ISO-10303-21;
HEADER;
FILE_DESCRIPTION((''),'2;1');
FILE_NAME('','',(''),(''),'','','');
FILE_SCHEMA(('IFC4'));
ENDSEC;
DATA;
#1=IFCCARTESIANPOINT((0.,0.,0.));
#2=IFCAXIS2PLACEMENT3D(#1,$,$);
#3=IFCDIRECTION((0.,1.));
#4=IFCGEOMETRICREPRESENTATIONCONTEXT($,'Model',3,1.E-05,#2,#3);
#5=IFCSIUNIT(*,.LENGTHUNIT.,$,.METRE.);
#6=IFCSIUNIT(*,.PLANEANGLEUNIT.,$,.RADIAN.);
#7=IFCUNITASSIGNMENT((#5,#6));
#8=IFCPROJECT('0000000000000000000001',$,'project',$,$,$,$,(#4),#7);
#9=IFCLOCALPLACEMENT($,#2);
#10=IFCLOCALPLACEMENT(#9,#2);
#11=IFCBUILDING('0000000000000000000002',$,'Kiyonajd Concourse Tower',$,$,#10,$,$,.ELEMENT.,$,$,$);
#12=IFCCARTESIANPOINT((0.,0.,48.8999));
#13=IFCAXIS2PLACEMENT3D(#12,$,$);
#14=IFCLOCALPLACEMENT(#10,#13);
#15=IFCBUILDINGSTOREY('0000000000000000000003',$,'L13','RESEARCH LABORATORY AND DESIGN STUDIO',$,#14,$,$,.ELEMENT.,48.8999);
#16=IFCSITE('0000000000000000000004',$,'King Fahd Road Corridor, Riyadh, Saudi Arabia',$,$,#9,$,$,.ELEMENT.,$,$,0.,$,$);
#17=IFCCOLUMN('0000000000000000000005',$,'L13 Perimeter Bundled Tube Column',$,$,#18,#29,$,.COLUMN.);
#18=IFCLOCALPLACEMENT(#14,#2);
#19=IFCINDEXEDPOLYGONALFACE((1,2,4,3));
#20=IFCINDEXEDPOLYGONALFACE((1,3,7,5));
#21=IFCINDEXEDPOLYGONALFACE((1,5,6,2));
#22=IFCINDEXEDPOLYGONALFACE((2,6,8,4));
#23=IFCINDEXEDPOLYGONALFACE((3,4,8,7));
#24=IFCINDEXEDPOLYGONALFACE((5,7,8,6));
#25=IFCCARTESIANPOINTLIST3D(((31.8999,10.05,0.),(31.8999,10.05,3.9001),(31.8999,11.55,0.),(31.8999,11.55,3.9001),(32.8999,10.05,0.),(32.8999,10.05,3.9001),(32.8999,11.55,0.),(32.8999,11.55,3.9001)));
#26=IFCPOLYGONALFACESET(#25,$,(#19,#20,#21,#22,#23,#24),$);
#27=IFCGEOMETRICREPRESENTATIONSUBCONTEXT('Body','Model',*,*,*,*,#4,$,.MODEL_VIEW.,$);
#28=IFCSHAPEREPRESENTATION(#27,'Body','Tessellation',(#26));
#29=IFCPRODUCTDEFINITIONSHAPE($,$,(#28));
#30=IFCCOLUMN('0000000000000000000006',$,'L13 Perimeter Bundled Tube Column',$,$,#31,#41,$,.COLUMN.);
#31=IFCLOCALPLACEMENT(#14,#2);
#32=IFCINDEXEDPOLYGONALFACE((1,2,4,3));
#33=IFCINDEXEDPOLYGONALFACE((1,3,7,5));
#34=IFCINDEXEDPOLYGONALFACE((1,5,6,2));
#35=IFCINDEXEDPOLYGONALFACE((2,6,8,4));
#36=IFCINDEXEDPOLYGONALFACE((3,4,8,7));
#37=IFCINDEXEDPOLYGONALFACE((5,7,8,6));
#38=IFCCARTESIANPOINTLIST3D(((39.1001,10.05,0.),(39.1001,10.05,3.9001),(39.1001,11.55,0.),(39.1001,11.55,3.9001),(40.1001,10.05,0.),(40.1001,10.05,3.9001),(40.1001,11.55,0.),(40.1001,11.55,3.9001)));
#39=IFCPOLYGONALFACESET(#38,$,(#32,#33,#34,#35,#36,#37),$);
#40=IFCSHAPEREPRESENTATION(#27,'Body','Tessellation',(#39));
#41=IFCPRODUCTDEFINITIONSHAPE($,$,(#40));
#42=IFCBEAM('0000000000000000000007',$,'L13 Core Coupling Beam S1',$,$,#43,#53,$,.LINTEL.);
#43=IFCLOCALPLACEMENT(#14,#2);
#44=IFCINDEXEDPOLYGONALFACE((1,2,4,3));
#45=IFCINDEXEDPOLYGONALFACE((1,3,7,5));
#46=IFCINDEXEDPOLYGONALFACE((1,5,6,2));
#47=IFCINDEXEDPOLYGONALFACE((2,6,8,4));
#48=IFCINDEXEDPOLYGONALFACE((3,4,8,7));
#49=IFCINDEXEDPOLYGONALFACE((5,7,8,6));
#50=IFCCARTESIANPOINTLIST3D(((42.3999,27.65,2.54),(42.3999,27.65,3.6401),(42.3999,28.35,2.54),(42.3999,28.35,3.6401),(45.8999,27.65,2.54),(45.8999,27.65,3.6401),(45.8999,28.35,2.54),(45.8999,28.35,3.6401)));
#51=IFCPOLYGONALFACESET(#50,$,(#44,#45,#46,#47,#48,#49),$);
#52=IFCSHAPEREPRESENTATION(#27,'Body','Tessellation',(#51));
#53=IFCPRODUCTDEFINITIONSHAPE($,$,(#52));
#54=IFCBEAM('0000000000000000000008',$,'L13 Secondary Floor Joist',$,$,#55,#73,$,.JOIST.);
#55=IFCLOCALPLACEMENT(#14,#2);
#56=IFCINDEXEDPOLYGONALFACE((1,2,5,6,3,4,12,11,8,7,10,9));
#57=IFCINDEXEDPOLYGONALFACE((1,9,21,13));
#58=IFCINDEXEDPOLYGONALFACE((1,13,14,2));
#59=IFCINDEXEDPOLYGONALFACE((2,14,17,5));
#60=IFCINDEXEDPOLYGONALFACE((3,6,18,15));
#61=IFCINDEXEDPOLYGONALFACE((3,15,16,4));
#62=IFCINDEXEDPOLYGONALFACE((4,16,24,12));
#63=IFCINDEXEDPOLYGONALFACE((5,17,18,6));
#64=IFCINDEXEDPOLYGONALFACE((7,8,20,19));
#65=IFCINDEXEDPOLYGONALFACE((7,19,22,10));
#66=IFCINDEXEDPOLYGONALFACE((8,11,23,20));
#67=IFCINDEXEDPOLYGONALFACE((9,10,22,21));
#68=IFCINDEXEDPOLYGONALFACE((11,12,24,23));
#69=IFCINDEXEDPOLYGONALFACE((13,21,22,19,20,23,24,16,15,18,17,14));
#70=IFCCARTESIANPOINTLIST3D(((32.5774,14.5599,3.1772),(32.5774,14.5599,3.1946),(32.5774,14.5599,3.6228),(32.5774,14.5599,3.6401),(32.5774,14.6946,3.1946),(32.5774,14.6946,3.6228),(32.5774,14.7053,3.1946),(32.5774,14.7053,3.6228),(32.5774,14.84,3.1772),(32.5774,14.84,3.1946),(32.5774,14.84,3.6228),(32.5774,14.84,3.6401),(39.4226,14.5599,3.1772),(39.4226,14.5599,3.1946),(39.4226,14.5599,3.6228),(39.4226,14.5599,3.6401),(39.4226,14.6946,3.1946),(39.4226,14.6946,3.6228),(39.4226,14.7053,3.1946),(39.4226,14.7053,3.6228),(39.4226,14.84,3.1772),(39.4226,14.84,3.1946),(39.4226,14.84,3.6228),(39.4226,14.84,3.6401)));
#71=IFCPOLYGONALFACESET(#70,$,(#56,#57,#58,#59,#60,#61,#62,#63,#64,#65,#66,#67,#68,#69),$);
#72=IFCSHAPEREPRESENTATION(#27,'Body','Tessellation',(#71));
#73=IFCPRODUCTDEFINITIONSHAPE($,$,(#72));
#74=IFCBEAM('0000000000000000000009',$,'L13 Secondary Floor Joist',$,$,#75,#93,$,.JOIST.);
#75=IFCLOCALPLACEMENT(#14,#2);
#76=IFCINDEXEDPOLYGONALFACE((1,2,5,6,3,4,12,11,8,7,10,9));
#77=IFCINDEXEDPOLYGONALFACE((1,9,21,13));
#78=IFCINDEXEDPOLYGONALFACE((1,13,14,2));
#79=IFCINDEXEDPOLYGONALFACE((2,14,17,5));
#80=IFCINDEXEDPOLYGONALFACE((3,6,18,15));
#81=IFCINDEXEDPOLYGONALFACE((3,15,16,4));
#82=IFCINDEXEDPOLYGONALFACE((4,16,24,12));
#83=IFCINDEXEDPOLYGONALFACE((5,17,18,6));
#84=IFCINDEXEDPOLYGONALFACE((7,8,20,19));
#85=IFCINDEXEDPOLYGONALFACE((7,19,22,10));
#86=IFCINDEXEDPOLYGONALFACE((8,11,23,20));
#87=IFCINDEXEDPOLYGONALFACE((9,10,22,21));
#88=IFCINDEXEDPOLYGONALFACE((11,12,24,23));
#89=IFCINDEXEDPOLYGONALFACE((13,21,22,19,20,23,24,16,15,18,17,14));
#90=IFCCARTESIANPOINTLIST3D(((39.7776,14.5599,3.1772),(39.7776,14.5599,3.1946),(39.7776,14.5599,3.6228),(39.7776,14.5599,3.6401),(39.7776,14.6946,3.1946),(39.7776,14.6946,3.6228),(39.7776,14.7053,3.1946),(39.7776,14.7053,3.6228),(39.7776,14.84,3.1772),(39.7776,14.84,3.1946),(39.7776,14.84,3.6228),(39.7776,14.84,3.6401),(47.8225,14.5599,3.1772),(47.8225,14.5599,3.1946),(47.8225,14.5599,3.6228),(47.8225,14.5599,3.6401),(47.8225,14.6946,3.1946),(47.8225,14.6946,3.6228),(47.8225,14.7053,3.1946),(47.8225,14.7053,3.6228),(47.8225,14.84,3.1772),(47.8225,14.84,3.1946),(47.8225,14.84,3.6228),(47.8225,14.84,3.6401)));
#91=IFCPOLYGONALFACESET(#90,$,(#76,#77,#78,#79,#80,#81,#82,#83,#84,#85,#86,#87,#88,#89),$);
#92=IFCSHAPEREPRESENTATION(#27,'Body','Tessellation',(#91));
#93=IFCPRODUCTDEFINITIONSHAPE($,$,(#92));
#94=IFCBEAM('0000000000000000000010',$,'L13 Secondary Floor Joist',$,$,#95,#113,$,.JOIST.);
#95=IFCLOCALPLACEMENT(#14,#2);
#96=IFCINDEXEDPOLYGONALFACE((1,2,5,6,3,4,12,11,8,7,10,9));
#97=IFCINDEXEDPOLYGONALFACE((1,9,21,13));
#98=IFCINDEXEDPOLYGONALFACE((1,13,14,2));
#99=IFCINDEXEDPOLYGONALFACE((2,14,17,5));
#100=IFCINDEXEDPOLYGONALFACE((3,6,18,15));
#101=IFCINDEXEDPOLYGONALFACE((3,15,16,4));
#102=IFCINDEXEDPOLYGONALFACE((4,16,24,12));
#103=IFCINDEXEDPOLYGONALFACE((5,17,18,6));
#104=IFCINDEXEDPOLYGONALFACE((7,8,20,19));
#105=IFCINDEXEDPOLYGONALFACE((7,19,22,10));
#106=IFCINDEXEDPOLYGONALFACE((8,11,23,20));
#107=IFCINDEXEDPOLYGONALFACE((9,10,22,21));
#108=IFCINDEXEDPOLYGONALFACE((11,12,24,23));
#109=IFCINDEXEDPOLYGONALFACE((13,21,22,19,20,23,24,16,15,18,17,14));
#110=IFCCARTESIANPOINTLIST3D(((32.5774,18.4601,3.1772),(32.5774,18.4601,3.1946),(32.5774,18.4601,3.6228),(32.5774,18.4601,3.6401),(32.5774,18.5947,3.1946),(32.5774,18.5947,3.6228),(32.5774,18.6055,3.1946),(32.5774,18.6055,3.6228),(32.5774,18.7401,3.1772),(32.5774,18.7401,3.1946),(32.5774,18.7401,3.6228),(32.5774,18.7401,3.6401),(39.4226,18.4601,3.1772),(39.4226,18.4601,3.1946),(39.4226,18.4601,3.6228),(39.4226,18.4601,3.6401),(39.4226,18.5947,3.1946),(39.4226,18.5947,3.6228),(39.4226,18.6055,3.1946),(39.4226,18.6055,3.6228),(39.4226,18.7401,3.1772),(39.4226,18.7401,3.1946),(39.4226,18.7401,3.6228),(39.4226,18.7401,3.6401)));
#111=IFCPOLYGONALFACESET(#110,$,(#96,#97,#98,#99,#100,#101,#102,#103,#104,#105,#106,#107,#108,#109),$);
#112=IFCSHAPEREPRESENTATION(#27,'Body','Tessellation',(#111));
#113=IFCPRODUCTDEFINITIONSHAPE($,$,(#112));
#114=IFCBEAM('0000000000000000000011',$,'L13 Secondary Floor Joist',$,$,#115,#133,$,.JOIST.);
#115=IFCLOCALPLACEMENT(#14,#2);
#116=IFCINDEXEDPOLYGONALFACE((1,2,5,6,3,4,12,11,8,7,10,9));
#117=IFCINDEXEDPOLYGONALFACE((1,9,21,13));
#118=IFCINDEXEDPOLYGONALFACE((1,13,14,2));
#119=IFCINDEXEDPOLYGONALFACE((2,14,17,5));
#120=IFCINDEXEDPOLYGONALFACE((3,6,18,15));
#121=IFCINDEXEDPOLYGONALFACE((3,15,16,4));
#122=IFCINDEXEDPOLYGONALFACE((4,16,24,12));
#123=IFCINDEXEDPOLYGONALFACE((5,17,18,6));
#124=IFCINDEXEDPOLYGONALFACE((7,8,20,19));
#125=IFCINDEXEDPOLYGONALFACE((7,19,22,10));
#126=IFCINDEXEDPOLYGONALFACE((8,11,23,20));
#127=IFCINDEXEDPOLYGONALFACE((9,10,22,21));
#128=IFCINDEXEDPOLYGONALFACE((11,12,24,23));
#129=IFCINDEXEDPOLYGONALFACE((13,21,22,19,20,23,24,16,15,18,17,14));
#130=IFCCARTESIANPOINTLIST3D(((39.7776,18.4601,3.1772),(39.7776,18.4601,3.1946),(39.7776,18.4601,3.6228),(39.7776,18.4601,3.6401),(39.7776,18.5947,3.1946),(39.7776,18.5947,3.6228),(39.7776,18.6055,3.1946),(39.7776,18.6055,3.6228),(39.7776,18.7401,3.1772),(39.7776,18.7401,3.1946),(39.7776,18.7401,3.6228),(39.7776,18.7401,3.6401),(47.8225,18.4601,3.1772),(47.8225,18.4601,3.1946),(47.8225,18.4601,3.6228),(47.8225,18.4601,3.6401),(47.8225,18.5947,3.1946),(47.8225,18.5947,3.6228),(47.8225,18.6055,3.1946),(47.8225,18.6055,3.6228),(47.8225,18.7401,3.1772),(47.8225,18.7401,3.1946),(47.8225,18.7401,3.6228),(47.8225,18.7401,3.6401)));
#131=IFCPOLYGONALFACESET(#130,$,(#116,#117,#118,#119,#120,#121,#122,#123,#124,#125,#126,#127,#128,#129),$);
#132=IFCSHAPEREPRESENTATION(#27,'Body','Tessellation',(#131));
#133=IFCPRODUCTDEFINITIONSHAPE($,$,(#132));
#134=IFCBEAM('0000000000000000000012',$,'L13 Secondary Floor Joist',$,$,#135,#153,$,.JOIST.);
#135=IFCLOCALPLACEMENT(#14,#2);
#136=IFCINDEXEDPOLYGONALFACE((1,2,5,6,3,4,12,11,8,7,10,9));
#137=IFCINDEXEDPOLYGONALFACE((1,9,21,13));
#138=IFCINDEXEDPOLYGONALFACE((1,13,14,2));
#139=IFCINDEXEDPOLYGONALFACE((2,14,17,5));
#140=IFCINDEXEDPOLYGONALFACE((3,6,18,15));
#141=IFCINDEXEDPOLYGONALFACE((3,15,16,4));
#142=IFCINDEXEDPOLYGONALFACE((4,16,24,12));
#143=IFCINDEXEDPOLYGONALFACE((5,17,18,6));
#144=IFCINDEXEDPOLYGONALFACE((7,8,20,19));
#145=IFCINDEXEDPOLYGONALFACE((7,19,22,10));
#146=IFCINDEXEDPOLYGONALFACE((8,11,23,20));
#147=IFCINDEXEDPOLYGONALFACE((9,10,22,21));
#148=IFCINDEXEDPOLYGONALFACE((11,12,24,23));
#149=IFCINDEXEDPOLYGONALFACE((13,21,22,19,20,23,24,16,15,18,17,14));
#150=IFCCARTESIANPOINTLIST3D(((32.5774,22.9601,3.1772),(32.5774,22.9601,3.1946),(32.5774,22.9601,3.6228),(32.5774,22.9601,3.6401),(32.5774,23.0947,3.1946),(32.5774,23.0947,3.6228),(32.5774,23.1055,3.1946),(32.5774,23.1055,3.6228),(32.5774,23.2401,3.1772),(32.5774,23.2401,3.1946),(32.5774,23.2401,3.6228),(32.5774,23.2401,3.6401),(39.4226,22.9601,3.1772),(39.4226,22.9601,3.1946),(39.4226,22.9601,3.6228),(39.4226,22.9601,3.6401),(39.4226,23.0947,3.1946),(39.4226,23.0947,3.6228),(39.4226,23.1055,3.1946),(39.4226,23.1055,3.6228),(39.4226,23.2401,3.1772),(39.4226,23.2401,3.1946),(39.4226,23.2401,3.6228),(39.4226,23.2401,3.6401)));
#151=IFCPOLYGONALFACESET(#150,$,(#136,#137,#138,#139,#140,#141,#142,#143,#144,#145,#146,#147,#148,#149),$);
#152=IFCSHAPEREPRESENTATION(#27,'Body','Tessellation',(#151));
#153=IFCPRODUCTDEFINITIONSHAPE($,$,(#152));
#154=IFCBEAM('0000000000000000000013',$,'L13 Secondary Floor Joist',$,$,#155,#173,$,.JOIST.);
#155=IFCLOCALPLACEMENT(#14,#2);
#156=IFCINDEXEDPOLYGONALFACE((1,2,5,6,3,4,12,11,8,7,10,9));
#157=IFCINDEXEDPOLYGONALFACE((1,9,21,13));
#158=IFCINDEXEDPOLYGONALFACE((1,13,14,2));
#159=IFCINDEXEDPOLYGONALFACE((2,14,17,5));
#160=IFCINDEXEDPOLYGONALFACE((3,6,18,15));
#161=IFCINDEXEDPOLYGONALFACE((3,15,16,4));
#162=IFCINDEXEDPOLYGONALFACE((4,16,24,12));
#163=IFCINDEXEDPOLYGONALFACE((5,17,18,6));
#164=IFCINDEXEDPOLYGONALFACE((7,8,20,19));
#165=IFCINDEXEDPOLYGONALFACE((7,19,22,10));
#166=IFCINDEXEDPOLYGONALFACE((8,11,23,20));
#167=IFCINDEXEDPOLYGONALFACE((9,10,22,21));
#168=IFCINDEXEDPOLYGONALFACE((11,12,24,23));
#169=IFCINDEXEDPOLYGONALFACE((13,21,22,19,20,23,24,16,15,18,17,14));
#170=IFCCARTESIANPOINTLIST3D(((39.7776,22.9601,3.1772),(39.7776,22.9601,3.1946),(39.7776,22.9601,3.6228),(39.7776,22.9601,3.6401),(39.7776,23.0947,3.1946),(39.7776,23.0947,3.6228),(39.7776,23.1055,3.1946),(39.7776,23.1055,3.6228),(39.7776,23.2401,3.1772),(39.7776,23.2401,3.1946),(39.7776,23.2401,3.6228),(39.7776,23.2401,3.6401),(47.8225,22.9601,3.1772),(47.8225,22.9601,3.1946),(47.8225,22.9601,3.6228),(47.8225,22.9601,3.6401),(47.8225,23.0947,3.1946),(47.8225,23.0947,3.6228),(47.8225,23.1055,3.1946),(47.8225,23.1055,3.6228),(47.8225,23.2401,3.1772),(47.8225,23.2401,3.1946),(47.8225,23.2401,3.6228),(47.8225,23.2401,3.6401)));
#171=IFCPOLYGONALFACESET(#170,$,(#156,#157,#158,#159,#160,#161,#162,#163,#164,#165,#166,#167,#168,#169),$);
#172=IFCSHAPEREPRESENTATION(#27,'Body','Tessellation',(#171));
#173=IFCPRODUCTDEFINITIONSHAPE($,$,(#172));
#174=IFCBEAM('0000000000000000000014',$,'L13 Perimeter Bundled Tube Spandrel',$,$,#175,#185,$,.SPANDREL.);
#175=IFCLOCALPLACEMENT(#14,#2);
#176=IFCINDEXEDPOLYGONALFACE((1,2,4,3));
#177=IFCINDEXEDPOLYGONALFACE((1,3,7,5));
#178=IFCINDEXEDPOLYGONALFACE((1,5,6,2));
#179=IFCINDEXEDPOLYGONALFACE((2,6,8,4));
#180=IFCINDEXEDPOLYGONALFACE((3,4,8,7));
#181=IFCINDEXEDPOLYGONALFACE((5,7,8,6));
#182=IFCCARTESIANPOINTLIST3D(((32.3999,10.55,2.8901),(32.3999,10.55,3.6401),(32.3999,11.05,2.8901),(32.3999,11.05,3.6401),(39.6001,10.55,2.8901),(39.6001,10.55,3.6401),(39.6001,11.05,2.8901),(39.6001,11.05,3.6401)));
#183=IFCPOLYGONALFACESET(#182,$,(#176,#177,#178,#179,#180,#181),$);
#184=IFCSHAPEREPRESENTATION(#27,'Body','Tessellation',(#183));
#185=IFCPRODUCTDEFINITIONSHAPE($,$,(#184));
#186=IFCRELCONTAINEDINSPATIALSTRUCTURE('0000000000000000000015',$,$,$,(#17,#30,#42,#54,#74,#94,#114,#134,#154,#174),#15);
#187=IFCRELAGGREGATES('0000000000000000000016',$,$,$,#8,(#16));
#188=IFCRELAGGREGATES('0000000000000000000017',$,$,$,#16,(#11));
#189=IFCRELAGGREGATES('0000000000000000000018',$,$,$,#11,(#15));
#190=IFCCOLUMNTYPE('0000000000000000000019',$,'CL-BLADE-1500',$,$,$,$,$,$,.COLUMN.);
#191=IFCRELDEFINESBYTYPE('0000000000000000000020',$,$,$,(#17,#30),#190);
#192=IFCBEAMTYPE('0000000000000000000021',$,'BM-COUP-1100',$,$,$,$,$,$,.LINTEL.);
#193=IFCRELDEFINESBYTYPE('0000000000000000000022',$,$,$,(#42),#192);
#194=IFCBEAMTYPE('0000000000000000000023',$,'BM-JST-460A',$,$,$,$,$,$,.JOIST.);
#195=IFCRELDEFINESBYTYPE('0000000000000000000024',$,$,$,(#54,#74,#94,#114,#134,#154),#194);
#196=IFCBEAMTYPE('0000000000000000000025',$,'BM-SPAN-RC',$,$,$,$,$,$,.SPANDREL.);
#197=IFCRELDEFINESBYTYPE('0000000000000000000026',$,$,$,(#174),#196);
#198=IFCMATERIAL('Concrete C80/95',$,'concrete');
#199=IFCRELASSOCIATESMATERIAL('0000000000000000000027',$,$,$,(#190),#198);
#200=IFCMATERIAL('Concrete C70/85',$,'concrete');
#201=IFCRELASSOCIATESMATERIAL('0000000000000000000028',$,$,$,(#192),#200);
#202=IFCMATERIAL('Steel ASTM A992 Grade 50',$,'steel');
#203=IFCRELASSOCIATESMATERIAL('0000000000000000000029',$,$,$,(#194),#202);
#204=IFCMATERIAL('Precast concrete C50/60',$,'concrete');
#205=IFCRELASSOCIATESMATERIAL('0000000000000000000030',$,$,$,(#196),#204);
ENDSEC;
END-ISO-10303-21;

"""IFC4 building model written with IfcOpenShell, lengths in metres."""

from ifc_helpers import new_model, si_unit, direction, frame, origin, origin_2d, place, context, subcontext, project, spatial, rectangle, i_section, extrude, material, material_profile, profile_set, type_object, element, save


model = new_model("IFC4")

# Units and contexts
model_context = context("Model", 3, precision=1e-05, world=origin(), true_north=direction((0.0, 1.0)))
body_context = subcontext(model_context, "Body", "Model", "MODEL_VIEW")
ifc_project = project(units=[si_unit("LENGTHUNIT", "METRE"), si_unit("PLANEANGLEUNIT", "RADIAN")], contexts=[model_context])

# Site, building, storey
site_placement = place(None, origin())
site = spatial("IfcSite", under=ifc_project, at=site_placement, Name="King Fahd Road Corridor, Riyadh, Saudi Arabia", CompositionType="ELEMENT", RefElevation=0.0)
building_placement = place(site_placement, origin())
building = spatial("IfcBuilding", under=site, at=building_placement, Name="Kiyonajd Concourse Tower", CompositionType="ELEMENT")
storey_placement = place(building_placement, frame((0.0, 0.0, 48.8999)))
storey = spatial("IfcBuildingStorey", under=building, at=storey_placement, Name="L13", Description="RESEARCH LABORATORY AND DESIGN STUDIO", CompositionType="ELEMENT", Elevation=48.8999)

# Columns
ifc_material_1 = material(Name="Concrete C80/95", Category="concrete")
ifc_material_profile_1 = material_profile(ifc_material_1, rectangle(XDim=1.0, YDim=1.5, at=origin_2d()), Name="RC-1500x1000")
ifc_profile_set_1 = profile_set([ifc_material_profile_1], Name="Concrete C80/95")
column_type = type_object("IfcColumnType", Name="CL-BLADE-1500", PredefinedType="COLUMN", material=ifc_profile_set_1)
for number, where, z_axis, x_axis, name in (
    (1, (32.3999, 10.8, 0.0), (0.0, 0.0, 1.0), (1.0, 0.0, 0.0), "L13 Perimeter Bundled Tube Column"),
    (2, (39.6001, 10.8, 0.0), (0.0, 0.0, 1.0), (1.0, 0.0, 0.0), "L13 Perimeter Bundled Tube Column"),
):
    element("IfcColumn", number, at=place(storey_placement, frame(where, z_axis=z_axis, x_axis=x_axis)), inside=storey, type_object=column_type, Name=name, PredefinedType="COLUMN", context=body_context, shape_type="SweptSolid", body=[
        extrude(rectangle(XDim=1.0, YDim=1.5, at=origin_2d()), origin(), (0.0, 0.0, 1.0), 3.9001),
    ])

# Beams
ifc_material_2 = material(Name="Concrete C70/85", Category="concrete")
ifc_material_profile_2 = material_profile(ifc_material_2, rectangle(XDim=0.7, YDim=1.1001, at=origin_2d()), Name="RCBM-700x1100")
ifc_profile_set_2 = profile_set([ifc_material_profile_2], Name="Concrete C70/85")
beam_type_1 = type_object("IfcBeamType", Name="BM-COUP-1100", PredefinedType="LINTEL", material=ifc_profile_set_2)
beam_1_placement = place(storey_placement, frame((42.3999, 28.0, 3.0901), z_axis=(1.0, 0.0, 0.0), x_axis=(0.0, 1.0, 0.0)))
element("IfcBeam", 3, at=beam_1_placement, inside=storey, type_object=beam_type_1, Name="L13 Core Coupling Beam S1", PredefinedType="LINTEL", context=body_context, shape_type="SweptSolid", body=[
    extrude(rectangle(XDim=0.7, YDim=1.1001, at=origin_2d()), origin(), (0.0, 0.0, 1.0), 3.5),
])
ifc_material_3 = material(Name="Steel ASTM A992 Grade 50", Category="steel")
ifc_material_profile_3 = material_profile(ifc_material_3, i_section(OverallWidth=0.28, OverallDepth=0.4629, WebThickness=0.0107, FlangeThickness=0.0173, at=origin_2d()), Name="W460X113")
ifc_profile_set_3 = profile_set([ifc_material_profile_3], Name="Steel ASTM A992 Grade 50")
beam_type_2 = type_object("IfcBeamType", Name="BM-JST-460A", PredefinedType="JOIST", material=ifc_profile_set_3)
beam_2_placement = place(storey_placement, frame((32.5774, 14.7, 3.4087), z_axis=(1.0, 0.0, 0.0), x_axis=(0.0, 1.0, 0.0)))
element("IfcBeam", 4, at=beam_2_placement, inside=storey, type_object=beam_type_2, Name="L13 Secondary Floor Joist", PredefinedType="JOIST", context=body_context, shape_type="SweptSolid", body=[
    extrude(i_section(OverallWidth=0.28, OverallDepth=0.4629, WebThickness=0.0107, FlangeThickness=0.0173, at=origin_2d()), origin(), (0.0, 0.0, 1.0), 6.8452),
])
beam_3_placement = place(storey_placement, frame((39.7776, 14.7, 3.4087), z_axis=(1.0, 0.0, 0.0), x_axis=(0.0, 1.0, 0.0)))
element("IfcBeam", 5, at=beam_3_placement, inside=storey, type_object=beam_type_2, Name="L13 Secondary Floor Joist", PredefinedType="JOIST", context=body_context, shape_type="SweptSolid", body=[
    extrude(i_section(OverallWidth=0.28, OverallDepth=0.4629, WebThickness=0.0107, FlangeThickness=0.0173, at=origin_2d()), origin(), (0.0, 0.0, 1.0), 8.0449),
])
beam_4_placement = place(storey_placement, frame((32.5774, 18.6001, 3.4087), z_axis=(1.0, 0.0, 0.0), x_axis=(0.0, 1.0, 0.0)))
element("IfcBeam", 6, at=beam_4_placement, inside=storey, type_object=beam_type_2, Name="L13 Secondary Floor Joist", PredefinedType="JOIST", context=body_context, shape_type="SweptSolid", body=[
    extrude(i_section(OverallWidth=0.28, OverallDepth=0.4629, WebThickness=0.0107, FlangeThickness=0.0173, at=origin_2d()), origin(), (0.0, 0.0, 1.0), 6.8452),
])
beam_5_placement = place(storey_placement, frame((39.7776, 18.6001, 3.4087), z_axis=(1.0, 0.0, 0.0), x_axis=(0.0, 1.0, 0.0)))
element("IfcBeam", 7, at=beam_5_placement, inside=storey, type_object=beam_type_2, Name="L13 Secondary Floor Joist", PredefinedType="JOIST", context=body_context, shape_type="SweptSolid", body=[
    extrude(i_section(OverallWidth=0.28, OverallDepth=0.4629, WebThickness=0.0107, FlangeThickness=0.0173, at=origin_2d()), origin(), (0.0, 0.0, 1.0), 8.0449),
])
beam_6_placement = place(storey_placement, frame((32.5774, 23.1001, 3.4087), z_axis=(1.0, 0.0, 0.0), x_axis=(0.0, 1.0, 0.0)))
element("IfcBeam", 8, at=beam_6_placement, inside=storey, type_object=beam_type_2, Name="L13 Secondary Floor Joist", PredefinedType="JOIST", context=body_context, shape_type="SweptSolid", body=[
    extrude(i_section(OverallWidth=0.28, OverallDepth=0.4629, WebThickness=0.0107, FlangeThickness=0.0173, at=origin_2d()), origin(), (0.0, 0.0, 1.0), 6.8452),
])
beam_7_placement = place(storey_placement, frame((39.7776, 23.1001, 3.4087), z_axis=(1.0, 0.0, 0.0), x_axis=(0.0, 1.0, 0.0)))
element("IfcBeam", 9, at=beam_7_placement, inside=storey, type_object=beam_type_2, Name="L13 Secondary Floor Joist", PredefinedType="JOIST", context=body_context, shape_type="SweptSolid", body=[
    extrude(i_section(OverallWidth=0.28, OverallDepth=0.4629, WebThickness=0.0107, FlangeThickness=0.0173, at=origin_2d()), origin(), (0.0, 0.0, 1.0), 8.0449),
])
ifc_material_4 = material(Name="Precast concrete C50/60", Category="concrete")
ifc_material_profile_4 = material_profile(ifc_material_4, rectangle(XDim=0.5, YDim=0.75, at=origin_2d()), Name="RCBM-500x750")
ifc_profile_set_4 = profile_set([ifc_material_profile_4], Name="Precast concrete C50/60")
beam_type_3 = type_object("IfcBeamType", Name="BM-SPAN-RC", PredefinedType="SPANDREL", material=ifc_profile_set_4)
beam_8_placement = place(storey_placement, frame((32.3999, 10.8, 3.2651), z_axis=(1.0, 0.0, 0.0), x_axis=(0.0, 1.0, 0.0)))
element("IfcBeam", 10, at=beam_8_placement, inside=storey, type_object=beam_type_3, Name="L13 Perimeter Bundled Tube Spandrel", PredefinedType="SPANDREL", context=body_context, shape_type="SweptSolid", body=[
    extrude(rectangle(XDim=0.5, YDim=0.75, at=origin_2d()), origin(), (0.0, 0.0, 1.0), 7.2002),
])

save(model, "model.ifc")
